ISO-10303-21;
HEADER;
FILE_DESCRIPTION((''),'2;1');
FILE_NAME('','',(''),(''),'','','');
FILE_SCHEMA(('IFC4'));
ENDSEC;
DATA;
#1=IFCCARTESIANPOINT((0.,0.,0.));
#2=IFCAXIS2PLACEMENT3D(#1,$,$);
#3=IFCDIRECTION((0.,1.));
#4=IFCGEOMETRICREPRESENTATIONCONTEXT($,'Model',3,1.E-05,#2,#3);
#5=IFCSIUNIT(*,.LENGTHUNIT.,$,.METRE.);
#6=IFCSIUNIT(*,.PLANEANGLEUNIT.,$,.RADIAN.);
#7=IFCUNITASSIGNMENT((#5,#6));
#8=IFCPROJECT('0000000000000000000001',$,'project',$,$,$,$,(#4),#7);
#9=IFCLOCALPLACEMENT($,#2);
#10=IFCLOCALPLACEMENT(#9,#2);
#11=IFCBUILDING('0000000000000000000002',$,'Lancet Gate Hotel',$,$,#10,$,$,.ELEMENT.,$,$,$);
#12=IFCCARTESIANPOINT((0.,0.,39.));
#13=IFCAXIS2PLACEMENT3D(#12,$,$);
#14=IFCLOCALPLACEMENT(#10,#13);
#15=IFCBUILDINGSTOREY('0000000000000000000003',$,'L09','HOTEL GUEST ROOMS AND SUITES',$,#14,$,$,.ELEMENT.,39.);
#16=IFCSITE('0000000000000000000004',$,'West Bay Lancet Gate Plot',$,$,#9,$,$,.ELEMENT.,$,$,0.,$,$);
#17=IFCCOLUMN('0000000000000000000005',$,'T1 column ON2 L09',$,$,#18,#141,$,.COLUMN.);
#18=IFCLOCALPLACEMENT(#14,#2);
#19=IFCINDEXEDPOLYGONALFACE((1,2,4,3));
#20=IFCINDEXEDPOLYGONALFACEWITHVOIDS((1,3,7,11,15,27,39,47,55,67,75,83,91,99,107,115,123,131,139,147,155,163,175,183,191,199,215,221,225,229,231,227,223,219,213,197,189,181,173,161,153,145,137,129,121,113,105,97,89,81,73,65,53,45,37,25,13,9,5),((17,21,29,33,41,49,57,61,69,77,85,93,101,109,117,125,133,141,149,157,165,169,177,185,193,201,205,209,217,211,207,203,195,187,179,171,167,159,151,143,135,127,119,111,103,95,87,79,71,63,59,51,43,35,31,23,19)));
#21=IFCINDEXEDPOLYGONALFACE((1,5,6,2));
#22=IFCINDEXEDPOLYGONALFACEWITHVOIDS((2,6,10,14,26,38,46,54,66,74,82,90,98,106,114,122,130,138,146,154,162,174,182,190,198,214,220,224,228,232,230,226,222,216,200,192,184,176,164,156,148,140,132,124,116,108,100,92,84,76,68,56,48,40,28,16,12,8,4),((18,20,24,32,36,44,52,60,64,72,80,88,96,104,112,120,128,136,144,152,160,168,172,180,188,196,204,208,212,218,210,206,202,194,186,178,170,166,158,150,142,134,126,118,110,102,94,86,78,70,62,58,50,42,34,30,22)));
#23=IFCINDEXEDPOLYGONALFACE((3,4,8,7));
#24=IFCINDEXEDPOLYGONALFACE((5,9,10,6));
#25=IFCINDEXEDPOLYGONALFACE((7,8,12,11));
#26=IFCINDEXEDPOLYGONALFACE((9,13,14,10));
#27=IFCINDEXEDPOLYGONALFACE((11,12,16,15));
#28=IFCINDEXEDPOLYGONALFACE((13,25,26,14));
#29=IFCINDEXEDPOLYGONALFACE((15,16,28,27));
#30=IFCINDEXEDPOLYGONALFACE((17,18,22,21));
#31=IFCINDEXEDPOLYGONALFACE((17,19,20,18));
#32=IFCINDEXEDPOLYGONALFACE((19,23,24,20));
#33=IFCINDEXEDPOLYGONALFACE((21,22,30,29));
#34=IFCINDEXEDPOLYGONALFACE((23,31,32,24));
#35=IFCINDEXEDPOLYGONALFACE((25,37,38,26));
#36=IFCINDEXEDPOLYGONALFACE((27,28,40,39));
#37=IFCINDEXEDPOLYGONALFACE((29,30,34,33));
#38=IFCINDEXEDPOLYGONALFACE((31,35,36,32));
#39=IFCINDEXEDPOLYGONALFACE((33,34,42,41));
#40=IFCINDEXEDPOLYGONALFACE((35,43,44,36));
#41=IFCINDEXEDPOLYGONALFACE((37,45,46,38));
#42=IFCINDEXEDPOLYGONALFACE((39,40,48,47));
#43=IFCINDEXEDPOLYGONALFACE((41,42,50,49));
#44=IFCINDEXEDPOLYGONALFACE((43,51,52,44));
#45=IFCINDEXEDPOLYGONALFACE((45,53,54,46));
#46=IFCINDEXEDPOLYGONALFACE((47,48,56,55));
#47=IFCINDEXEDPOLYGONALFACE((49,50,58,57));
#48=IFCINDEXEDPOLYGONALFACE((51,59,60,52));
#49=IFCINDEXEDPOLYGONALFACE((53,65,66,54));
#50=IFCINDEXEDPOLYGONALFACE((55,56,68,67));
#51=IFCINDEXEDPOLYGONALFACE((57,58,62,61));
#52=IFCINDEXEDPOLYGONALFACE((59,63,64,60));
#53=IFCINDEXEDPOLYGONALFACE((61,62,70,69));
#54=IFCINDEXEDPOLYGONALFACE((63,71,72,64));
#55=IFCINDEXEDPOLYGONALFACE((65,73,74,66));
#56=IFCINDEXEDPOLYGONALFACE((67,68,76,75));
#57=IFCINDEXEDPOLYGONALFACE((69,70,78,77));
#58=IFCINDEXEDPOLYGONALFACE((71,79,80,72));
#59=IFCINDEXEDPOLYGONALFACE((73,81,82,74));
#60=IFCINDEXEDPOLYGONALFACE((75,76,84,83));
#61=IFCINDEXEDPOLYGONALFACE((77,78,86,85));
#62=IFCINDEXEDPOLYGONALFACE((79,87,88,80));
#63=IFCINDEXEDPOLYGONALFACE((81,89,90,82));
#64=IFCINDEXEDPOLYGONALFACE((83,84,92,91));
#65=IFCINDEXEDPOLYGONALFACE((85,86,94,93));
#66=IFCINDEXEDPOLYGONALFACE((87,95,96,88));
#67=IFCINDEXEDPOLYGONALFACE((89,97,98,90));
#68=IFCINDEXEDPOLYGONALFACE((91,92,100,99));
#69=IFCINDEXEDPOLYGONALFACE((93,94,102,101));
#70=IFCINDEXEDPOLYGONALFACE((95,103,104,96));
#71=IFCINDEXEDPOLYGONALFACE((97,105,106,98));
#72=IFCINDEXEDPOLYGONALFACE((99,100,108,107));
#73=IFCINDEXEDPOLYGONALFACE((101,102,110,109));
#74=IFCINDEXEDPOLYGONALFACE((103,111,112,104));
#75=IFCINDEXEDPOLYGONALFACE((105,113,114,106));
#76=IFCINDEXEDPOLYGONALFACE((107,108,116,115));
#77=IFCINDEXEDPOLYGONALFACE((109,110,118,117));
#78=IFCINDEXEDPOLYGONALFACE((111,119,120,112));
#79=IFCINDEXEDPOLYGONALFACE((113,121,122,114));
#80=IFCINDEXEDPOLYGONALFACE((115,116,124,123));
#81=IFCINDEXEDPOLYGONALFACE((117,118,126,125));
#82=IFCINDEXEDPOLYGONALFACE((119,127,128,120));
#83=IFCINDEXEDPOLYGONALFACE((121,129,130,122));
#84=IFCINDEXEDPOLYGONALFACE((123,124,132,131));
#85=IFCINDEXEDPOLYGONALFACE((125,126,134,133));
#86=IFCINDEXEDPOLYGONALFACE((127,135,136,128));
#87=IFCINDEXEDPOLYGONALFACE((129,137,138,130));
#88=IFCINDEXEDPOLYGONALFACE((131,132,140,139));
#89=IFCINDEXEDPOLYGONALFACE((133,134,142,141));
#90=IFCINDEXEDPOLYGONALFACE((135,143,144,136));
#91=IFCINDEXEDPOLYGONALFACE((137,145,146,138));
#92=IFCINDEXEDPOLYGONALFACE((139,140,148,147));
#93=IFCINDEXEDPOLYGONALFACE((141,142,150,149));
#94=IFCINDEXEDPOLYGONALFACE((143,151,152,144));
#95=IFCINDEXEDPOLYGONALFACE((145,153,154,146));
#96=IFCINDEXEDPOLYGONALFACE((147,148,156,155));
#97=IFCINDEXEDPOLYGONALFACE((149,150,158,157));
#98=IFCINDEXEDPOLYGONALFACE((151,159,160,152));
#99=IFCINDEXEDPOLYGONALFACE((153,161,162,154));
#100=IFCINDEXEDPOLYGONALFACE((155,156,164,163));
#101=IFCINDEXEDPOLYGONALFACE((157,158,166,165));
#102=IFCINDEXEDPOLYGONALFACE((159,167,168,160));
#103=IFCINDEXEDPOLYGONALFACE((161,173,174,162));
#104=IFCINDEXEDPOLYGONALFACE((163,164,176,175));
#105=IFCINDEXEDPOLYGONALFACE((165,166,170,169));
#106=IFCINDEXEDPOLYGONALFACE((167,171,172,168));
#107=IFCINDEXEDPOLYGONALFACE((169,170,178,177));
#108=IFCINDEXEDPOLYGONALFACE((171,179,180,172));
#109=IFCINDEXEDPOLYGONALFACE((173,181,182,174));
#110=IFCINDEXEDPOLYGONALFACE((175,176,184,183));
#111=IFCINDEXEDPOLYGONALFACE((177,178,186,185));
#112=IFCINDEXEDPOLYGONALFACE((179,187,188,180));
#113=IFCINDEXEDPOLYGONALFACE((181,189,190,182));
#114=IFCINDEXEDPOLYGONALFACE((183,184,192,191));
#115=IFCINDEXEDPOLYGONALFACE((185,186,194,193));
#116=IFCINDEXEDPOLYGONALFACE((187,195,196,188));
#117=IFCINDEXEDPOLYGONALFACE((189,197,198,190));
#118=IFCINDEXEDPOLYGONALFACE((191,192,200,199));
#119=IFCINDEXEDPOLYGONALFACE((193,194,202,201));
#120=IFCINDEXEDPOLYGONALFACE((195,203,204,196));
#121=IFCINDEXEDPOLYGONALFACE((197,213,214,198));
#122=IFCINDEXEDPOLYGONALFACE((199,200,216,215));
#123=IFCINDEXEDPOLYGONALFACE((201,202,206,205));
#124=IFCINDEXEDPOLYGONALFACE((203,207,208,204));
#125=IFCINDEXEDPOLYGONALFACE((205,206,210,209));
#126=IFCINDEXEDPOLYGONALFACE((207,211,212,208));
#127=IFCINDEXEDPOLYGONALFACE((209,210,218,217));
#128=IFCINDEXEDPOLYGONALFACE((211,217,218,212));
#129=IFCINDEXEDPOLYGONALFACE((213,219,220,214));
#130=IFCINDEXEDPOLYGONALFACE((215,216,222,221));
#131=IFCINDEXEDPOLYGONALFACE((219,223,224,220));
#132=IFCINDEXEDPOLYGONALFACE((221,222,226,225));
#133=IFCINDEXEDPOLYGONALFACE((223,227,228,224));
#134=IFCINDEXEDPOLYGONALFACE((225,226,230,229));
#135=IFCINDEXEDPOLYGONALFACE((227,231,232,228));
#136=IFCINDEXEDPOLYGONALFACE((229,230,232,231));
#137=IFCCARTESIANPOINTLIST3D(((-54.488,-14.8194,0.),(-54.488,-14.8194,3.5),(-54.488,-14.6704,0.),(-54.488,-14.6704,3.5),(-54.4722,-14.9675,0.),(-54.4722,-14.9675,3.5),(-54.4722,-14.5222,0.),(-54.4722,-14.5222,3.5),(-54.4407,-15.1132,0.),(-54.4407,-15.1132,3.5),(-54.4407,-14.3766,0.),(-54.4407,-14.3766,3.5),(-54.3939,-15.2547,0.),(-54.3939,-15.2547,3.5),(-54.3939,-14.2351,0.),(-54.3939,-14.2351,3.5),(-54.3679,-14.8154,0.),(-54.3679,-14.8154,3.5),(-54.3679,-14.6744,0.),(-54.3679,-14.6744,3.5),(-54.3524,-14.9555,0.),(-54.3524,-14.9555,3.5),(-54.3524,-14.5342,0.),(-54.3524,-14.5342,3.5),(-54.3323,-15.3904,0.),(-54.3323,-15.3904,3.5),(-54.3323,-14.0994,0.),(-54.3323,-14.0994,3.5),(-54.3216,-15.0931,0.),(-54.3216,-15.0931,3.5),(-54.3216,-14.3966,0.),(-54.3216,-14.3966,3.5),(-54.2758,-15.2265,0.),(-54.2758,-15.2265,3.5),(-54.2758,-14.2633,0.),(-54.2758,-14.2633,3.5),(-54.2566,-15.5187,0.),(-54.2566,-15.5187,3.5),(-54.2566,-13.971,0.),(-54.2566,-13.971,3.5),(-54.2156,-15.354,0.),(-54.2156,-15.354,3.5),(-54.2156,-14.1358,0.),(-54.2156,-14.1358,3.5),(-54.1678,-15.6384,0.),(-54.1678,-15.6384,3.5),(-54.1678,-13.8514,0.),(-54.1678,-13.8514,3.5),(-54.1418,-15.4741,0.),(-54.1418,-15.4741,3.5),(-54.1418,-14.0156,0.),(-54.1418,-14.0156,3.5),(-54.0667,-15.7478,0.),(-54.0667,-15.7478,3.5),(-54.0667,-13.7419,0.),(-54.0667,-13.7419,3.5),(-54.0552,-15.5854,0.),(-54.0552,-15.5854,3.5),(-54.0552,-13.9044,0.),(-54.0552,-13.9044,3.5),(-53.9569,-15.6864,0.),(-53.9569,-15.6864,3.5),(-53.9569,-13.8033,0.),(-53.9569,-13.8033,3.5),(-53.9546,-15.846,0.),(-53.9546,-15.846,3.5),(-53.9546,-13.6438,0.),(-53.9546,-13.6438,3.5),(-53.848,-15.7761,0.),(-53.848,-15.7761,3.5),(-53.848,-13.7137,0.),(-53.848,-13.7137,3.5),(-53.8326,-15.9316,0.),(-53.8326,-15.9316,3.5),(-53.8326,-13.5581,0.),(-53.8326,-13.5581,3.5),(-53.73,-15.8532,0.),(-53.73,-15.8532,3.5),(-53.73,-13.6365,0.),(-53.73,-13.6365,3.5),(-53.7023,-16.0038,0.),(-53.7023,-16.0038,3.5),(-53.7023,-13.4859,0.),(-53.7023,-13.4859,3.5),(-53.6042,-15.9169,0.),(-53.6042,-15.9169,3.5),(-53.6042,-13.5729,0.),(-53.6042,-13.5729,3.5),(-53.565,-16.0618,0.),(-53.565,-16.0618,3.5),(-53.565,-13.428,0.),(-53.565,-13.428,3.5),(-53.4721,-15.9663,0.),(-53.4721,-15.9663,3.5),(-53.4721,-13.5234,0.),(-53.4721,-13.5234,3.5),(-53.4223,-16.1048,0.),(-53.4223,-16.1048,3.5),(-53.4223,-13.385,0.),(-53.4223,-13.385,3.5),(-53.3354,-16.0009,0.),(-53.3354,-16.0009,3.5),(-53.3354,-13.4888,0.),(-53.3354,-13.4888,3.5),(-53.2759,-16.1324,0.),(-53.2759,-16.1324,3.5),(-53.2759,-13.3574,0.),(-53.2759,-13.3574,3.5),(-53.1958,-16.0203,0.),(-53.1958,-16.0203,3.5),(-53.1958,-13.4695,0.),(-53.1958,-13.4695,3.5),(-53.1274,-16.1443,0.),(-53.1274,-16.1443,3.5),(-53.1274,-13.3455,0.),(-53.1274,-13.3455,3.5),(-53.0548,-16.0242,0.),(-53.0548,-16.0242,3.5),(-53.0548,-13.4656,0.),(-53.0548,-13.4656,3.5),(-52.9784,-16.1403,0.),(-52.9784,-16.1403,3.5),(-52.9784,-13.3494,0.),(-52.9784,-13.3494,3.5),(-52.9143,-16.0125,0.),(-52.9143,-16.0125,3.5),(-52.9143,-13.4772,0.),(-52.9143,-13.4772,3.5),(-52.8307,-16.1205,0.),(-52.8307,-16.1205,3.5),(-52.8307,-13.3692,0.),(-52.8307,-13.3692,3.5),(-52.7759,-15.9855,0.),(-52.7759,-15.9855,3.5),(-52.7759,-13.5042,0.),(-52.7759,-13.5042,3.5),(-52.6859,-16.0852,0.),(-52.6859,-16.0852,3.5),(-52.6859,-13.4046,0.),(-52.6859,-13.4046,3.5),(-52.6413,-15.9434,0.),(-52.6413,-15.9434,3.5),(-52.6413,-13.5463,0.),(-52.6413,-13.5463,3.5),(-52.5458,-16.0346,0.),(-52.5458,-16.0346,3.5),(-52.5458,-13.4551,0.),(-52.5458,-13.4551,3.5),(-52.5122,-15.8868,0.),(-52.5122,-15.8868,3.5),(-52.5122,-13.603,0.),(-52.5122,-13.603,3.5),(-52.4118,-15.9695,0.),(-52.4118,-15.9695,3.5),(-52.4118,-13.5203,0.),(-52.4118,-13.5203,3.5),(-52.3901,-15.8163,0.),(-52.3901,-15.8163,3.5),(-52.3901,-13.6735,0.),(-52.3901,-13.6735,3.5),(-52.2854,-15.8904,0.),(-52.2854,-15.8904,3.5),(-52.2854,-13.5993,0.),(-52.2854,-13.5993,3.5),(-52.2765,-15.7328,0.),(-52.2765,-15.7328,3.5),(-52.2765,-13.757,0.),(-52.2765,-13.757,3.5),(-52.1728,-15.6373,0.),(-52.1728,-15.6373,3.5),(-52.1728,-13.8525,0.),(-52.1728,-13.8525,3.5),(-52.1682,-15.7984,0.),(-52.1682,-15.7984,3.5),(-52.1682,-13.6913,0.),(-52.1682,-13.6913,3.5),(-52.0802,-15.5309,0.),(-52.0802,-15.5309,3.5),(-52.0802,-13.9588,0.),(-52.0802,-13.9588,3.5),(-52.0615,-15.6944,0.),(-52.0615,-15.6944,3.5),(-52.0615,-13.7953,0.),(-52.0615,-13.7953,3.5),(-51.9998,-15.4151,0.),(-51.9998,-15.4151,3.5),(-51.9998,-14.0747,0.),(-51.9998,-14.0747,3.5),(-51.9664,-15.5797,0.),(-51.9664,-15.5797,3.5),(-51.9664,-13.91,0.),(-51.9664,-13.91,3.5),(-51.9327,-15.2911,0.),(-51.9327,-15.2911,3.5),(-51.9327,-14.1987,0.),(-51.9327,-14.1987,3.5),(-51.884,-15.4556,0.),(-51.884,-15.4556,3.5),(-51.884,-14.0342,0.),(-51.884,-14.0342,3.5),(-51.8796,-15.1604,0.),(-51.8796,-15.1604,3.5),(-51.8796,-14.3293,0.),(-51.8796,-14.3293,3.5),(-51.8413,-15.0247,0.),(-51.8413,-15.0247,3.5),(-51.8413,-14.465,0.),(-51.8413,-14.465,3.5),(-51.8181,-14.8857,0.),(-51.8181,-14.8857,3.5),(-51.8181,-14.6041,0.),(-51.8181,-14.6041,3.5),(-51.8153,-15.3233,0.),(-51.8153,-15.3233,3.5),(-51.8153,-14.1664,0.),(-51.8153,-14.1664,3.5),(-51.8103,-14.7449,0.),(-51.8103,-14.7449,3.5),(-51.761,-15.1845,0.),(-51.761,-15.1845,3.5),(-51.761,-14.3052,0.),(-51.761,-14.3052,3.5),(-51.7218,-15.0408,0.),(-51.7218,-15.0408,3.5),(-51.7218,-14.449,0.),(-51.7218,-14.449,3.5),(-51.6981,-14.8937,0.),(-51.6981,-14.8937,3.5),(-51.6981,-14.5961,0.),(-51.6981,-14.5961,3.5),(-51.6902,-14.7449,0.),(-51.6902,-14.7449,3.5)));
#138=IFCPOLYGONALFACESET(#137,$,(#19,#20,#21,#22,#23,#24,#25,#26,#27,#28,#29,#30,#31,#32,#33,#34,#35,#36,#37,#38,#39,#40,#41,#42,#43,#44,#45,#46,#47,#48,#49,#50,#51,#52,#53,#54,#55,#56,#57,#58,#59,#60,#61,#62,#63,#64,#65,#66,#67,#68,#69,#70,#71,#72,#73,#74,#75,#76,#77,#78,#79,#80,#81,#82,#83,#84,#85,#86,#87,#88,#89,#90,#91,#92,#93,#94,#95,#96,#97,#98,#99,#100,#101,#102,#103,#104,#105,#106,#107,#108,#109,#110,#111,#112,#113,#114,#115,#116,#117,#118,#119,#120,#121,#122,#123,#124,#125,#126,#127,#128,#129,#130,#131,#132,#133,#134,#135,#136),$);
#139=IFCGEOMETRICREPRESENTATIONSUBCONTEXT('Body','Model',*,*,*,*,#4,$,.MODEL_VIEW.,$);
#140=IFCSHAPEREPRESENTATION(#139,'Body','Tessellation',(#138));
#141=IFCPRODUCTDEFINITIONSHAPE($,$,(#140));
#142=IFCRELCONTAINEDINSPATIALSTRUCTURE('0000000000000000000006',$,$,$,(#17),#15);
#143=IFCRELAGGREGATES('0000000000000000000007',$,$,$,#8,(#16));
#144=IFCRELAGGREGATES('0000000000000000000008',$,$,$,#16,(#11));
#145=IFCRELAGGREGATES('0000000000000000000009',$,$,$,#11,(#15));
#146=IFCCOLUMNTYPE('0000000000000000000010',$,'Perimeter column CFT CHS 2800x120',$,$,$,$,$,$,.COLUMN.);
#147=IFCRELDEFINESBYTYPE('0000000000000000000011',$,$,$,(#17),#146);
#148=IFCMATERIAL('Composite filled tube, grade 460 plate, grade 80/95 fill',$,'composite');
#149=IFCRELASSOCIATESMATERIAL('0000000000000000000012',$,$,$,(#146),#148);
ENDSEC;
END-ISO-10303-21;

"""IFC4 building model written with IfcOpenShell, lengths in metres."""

from ifc_helpers import new_model, si_unit, direction, frame, origin, origin_2d, place, context, subcontext, project, spatial, hollow_circle, extrude, material, material_profile, profile_set, type_object, element, save


model = new_model("IFC4")

# Units and contexts
model_context = context("Model", 3, precision=1e-05, world=origin(), true_north=direction((0.0, 1.0)))
body_context = subcontext(model_context, "Body", "Model", "MODEL_VIEW")
ifc_project = project(units=[si_unit("LENGTHUNIT", "METRE"), si_unit("PLANEANGLEUNIT", "RADIAN")], contexts=[model_context])

# Site, building, storey
site_placement = place(None, origin())
site = spatial("IfcSite", under=ifc_project, at=site_placement, Name="West Bay Lancet Gate Plot", CompositionType="ELEMENT", RefElevation=0.0)
building_placement = place(site_placement, origin())
building = spatial("IfcBuilding", under=site, at=building_placement, Name="Lancet Gate Hotel", CompositionType="ELEMENT")
storey_placement = place(building_placement, frame((0.0, 0.0, 39.0)))
storey = spatial("IfcBuildingStorey", under=building, at=storey_placement, Name="L09", Description="HOTEL GUEST ROOMS AND SUITES", CompositionType="ELEMENT", Elevation=39.0)

# Column
ifc_material_1 = material(Name="Composite filled tube, grade 460 plate, grade 80/95 fill", Category="composite")
ifc_material_profile_1 = material_profile(ifc_material_1, hollow_circle(Radius=1.3999, WallThickness=0.1201, at=origin_2d()), Name="CHS 2800x120")
ifc_profile_set_1 = profile_set([ifc_material_profile_1], Name="Composite filled tube, grade 460 plate, grade 80/95 fill")
column_type = type_object("IfcColumnType", Name="Perimeter column CFT CHS 2800x120", PredefinedType="COLUMN", material=ifc_profile_set_1)
for number, where, z_axis, x_axis, name in (
    (1, (-53.0901, -14.7449, 0.0), (0.0, 0.0, 1.0), (1.0, 0.0, 0.0), "T1 column ON2 L09"),
):
    element("IfcColumn", number, at=place(storey_placement, frame(where, z_axis=z_axis, x_axis=x_axis)), inside=storey, type_object=column_type, Name=name, PredefinedType="COLUMN", context=body_context, shape_type="SweptSolid", body=[
        extrude(hollow_circle(Radius=1.3999, WallThickness=0.1201, at=origin_2d()), origin(), (0.0, 0.0, 1.0), 3.5),
    ])

save(model, "model.ifc")
